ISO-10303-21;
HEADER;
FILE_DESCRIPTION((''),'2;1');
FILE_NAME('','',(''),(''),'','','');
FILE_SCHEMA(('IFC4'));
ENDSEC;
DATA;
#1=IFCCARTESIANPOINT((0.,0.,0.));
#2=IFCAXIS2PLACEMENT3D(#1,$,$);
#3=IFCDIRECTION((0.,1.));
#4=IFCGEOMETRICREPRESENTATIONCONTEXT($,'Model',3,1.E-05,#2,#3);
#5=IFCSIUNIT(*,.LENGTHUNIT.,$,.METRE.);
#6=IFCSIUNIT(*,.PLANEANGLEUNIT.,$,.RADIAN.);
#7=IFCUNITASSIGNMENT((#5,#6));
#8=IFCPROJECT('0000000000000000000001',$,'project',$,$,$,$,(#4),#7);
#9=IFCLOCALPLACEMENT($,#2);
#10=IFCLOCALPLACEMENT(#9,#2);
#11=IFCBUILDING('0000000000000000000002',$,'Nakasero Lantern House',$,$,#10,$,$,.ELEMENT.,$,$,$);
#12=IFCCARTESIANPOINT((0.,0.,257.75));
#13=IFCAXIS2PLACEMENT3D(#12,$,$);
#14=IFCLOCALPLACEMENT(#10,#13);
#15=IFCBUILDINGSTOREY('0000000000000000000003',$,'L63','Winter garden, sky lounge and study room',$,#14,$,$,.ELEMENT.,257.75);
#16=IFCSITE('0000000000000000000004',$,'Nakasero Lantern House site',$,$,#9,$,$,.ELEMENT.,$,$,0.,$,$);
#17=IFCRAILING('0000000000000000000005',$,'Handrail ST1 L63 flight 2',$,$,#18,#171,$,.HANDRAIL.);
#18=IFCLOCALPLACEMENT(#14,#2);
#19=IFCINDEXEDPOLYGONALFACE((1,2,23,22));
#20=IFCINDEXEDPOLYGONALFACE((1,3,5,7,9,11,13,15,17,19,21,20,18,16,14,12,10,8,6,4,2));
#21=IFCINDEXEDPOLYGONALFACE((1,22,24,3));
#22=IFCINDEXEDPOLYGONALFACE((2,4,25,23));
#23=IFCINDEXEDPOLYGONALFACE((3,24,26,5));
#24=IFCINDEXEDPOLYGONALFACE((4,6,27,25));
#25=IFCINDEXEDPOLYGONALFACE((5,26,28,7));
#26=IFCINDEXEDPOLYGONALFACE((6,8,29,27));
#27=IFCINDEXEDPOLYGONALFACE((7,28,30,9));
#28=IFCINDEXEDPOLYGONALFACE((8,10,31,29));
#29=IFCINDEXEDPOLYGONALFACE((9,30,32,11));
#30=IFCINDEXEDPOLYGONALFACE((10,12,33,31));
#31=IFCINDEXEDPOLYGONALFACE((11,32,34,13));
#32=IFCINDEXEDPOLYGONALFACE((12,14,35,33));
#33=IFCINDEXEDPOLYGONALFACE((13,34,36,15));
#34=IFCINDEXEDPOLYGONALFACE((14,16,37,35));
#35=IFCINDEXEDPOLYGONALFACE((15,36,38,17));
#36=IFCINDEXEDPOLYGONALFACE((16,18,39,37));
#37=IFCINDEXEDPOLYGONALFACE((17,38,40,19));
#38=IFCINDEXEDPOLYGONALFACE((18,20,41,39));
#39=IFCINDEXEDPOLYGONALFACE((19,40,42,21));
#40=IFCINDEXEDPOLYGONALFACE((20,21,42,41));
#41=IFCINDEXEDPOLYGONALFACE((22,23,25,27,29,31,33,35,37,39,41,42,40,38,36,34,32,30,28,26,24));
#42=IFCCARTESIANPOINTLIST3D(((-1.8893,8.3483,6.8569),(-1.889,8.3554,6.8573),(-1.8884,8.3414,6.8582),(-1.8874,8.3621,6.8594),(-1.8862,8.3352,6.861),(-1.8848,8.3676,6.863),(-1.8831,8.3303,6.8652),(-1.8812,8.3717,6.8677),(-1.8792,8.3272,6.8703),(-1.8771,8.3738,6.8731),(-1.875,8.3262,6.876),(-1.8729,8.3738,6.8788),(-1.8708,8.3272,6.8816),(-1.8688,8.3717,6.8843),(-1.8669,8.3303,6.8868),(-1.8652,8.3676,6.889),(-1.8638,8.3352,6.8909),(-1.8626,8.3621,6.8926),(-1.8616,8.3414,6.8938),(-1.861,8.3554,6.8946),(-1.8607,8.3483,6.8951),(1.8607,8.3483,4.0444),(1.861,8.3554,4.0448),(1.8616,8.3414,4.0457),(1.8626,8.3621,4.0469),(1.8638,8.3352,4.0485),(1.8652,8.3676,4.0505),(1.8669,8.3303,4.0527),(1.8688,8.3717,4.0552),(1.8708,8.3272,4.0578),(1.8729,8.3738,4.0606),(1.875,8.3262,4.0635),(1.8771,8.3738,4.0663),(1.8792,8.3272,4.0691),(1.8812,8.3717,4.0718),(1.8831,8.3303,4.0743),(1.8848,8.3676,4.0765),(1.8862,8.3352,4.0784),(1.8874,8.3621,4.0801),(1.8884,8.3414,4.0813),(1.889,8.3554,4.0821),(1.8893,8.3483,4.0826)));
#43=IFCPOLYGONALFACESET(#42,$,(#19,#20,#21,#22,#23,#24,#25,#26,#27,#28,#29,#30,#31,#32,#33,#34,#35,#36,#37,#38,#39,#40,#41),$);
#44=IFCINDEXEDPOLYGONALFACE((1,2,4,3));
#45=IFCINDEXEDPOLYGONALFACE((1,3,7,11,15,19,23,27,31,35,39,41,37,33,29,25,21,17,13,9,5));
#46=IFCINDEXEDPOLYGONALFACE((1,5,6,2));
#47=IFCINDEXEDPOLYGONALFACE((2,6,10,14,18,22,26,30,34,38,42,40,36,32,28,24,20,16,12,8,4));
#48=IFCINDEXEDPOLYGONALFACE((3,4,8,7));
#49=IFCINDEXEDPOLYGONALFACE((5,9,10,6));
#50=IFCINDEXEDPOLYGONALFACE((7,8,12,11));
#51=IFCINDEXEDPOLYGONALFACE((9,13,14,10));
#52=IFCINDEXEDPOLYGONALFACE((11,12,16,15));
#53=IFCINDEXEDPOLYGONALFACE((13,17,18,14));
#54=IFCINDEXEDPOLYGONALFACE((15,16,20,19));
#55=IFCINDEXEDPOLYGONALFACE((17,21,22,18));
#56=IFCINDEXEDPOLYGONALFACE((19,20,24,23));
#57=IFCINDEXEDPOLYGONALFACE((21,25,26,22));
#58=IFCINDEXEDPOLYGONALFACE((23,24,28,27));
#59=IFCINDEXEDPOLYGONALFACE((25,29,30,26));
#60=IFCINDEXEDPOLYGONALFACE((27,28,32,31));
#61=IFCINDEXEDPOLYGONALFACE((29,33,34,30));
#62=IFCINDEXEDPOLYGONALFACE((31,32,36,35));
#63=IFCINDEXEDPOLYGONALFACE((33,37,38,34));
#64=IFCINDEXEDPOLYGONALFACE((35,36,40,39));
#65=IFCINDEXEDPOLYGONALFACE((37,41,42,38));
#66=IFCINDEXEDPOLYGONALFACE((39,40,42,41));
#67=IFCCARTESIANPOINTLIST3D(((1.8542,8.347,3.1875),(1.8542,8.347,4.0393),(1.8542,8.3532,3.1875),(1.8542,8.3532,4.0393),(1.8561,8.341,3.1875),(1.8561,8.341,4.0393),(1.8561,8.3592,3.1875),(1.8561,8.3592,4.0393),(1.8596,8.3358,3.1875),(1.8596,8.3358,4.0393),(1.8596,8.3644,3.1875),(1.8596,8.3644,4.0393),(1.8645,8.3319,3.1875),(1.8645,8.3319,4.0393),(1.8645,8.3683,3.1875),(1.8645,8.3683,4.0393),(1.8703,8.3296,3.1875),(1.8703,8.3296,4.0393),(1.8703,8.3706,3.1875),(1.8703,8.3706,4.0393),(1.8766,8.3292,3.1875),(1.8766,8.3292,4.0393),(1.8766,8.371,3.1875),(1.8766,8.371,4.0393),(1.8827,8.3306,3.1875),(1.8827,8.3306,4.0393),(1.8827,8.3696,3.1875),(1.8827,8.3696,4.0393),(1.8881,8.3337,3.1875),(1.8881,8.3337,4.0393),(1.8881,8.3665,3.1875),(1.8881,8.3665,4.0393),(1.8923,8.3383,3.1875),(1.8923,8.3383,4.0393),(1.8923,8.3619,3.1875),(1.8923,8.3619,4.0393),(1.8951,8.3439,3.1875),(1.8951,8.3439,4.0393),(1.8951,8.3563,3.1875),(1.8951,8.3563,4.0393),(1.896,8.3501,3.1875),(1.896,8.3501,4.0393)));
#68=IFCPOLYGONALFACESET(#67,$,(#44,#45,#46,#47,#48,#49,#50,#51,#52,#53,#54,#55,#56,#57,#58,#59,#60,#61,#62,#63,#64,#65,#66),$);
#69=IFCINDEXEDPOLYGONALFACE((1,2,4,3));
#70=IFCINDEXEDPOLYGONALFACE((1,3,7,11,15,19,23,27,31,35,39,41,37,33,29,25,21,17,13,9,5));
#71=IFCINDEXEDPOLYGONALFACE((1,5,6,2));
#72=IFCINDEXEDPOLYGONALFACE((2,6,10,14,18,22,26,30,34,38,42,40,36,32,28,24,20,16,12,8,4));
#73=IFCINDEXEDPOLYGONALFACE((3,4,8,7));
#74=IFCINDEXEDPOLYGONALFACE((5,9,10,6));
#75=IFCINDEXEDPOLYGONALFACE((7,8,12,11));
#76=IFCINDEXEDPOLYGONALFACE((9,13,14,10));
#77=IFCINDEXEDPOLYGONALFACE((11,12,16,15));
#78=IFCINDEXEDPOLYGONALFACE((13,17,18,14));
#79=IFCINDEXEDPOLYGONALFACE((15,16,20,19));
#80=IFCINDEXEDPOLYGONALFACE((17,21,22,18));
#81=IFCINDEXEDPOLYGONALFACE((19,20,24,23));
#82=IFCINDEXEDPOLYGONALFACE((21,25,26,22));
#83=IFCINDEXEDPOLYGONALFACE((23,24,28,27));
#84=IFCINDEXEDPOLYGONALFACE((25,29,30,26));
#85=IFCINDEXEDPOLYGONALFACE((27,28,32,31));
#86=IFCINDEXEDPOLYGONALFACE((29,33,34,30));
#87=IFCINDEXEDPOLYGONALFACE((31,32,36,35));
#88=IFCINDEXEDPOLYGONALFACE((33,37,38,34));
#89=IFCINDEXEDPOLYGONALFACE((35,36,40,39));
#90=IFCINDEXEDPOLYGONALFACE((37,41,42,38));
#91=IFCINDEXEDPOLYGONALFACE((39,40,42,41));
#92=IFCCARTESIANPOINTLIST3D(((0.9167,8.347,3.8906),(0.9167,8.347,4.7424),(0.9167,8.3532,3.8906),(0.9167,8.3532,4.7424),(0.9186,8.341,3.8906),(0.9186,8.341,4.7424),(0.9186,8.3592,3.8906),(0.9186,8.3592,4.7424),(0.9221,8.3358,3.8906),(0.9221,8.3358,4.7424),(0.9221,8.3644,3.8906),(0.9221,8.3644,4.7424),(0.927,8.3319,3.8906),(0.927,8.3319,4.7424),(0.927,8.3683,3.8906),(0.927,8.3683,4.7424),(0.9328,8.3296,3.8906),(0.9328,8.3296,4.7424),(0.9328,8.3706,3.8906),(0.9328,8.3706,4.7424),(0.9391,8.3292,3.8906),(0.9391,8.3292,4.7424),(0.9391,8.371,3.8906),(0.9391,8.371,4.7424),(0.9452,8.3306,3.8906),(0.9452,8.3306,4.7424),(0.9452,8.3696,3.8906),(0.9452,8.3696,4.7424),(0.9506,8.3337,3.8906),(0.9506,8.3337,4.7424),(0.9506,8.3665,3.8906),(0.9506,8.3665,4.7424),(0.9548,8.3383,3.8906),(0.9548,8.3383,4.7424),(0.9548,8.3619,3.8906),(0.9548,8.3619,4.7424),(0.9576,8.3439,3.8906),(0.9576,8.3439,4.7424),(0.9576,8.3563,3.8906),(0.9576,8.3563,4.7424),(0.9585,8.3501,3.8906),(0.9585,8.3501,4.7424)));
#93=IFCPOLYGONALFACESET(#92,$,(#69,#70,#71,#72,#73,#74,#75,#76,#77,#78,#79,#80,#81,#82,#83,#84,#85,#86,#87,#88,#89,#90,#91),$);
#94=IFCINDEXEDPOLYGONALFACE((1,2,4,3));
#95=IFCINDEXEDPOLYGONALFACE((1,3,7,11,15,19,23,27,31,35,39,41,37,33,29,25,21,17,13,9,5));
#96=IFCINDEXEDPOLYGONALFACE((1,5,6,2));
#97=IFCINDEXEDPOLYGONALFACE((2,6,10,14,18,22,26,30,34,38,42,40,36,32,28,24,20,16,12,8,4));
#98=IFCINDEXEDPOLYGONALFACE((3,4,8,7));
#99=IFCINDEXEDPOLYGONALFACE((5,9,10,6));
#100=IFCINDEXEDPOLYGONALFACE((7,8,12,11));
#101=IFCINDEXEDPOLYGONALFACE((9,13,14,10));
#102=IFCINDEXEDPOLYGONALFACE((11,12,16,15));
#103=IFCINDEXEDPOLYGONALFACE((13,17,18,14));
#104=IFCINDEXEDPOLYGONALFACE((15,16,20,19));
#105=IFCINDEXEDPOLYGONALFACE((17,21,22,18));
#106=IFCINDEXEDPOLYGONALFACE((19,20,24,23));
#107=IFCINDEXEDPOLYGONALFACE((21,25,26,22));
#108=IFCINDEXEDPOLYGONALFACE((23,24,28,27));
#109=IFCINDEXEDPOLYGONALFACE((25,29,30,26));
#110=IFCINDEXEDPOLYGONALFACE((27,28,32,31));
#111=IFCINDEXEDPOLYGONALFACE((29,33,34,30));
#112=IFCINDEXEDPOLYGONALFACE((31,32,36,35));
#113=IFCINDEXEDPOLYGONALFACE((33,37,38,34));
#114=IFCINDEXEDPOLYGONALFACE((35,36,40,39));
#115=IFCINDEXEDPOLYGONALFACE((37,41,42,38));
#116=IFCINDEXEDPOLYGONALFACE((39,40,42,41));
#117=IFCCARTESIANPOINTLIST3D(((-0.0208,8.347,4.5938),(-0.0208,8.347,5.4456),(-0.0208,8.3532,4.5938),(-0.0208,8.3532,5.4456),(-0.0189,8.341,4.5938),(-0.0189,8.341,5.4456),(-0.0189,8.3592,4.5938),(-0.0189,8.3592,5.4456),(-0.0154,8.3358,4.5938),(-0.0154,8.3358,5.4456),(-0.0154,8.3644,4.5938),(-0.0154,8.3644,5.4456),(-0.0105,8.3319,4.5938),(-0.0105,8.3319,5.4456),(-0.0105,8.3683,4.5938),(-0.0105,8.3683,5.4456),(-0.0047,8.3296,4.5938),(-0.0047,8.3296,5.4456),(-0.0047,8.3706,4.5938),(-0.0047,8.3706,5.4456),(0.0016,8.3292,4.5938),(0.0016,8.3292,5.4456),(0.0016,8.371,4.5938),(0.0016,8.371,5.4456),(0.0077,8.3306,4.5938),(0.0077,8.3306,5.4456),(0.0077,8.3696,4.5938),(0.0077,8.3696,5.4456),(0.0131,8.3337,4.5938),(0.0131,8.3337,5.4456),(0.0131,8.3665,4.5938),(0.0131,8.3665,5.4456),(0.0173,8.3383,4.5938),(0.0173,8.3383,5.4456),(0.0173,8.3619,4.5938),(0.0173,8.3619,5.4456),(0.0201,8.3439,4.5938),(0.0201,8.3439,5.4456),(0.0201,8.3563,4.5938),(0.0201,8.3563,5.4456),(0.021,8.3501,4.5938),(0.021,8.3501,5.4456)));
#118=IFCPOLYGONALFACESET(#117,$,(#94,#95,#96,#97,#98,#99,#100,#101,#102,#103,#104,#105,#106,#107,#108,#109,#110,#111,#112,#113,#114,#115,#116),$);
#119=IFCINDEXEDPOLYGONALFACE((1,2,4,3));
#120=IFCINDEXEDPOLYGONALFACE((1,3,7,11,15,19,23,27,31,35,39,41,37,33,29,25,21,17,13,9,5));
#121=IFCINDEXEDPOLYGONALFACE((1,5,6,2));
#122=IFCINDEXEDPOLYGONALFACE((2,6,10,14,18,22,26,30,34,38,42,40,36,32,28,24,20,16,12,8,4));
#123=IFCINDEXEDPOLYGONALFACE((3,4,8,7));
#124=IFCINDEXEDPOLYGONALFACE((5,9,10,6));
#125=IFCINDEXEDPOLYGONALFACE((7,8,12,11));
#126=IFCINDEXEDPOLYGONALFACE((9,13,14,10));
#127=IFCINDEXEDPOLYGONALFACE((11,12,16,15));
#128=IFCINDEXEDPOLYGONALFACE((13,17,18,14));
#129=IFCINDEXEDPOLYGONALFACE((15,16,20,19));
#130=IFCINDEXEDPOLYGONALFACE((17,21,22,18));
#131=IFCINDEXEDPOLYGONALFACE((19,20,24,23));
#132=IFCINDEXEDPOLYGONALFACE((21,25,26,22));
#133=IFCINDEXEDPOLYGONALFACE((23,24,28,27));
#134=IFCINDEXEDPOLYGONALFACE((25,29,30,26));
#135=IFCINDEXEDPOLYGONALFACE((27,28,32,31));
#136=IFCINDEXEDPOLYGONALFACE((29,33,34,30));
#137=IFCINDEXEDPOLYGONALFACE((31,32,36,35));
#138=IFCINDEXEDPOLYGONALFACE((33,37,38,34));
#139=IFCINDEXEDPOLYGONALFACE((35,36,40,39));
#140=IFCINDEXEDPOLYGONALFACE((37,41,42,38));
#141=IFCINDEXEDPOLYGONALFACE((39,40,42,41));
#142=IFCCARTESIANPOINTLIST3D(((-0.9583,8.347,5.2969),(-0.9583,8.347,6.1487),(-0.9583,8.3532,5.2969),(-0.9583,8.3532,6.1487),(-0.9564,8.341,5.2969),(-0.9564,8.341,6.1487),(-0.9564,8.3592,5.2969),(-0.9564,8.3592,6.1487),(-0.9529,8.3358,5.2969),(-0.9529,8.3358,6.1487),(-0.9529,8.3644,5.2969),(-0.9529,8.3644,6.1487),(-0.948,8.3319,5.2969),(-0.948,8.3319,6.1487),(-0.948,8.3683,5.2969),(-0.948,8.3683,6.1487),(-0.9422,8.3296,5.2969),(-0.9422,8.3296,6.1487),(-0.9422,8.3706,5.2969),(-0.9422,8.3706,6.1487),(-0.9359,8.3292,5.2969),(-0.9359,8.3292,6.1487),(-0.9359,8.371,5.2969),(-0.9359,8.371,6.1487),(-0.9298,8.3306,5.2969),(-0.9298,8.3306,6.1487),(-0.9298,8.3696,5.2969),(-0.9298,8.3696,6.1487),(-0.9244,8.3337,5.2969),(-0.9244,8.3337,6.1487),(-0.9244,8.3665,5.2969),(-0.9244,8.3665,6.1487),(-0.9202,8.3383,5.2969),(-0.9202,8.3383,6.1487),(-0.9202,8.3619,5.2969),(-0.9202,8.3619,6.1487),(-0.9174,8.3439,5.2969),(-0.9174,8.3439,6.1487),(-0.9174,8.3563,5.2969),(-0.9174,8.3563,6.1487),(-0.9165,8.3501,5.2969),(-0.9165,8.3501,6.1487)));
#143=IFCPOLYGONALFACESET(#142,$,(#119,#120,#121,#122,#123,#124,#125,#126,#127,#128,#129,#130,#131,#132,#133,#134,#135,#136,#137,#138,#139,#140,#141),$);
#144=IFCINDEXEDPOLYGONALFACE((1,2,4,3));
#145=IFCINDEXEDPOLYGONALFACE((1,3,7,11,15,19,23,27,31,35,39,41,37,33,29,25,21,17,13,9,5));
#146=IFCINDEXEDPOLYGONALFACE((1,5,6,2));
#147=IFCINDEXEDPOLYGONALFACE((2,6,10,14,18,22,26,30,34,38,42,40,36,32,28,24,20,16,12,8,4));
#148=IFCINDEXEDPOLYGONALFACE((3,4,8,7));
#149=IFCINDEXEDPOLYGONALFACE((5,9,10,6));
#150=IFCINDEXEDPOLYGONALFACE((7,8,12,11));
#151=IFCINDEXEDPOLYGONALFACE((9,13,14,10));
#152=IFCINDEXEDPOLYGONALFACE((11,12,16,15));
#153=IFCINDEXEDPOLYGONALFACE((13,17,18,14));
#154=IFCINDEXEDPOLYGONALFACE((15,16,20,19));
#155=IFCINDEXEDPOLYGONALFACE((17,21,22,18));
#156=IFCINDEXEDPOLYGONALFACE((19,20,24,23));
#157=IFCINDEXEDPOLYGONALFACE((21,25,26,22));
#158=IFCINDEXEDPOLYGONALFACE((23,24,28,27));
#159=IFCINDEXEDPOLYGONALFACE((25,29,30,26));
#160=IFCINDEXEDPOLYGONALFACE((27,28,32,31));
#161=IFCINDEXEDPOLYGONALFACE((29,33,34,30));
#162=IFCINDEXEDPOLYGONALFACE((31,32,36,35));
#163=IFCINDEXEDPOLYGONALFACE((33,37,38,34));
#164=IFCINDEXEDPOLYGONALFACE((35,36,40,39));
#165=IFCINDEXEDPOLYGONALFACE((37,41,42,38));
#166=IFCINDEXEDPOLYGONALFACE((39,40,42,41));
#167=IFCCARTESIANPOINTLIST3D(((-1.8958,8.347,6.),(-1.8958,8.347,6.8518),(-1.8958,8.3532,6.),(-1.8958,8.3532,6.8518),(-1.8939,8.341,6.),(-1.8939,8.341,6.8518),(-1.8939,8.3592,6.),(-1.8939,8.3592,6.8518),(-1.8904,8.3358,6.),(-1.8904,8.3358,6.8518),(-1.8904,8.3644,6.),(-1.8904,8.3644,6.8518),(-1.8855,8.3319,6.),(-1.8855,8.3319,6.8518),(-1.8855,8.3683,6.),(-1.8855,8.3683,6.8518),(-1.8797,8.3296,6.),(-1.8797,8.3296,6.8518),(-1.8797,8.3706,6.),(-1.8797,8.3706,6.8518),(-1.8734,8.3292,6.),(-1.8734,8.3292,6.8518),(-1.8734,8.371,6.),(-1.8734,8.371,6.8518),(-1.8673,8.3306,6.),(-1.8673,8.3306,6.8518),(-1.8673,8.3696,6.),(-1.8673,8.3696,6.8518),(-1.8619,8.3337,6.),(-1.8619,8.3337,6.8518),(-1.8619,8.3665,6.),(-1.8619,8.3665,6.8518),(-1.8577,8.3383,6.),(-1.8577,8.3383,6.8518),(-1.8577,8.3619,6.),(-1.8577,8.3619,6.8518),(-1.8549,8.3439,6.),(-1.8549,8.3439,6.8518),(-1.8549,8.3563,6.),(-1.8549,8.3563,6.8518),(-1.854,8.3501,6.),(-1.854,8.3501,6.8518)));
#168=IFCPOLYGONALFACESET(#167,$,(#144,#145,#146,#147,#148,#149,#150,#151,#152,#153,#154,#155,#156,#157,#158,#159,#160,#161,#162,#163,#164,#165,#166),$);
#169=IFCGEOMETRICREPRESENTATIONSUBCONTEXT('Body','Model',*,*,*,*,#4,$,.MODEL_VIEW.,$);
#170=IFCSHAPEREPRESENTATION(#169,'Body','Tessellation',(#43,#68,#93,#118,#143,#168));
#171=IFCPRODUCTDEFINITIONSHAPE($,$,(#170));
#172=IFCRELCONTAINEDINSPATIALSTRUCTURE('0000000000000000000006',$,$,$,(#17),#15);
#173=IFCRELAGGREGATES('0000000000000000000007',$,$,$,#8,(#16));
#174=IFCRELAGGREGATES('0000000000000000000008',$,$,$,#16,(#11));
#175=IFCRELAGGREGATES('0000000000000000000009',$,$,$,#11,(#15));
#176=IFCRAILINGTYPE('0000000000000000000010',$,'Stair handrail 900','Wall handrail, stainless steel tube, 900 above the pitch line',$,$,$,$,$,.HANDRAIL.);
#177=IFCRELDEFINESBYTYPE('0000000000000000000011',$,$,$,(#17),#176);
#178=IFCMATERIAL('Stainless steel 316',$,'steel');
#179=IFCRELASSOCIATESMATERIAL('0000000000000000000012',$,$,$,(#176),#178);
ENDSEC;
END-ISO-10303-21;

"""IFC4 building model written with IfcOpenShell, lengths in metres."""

from ifc_helpers import new_model, si_unit, direction, frame, origin, origin_2d, place, context, subcontext, project, spatial, circle, extrude, material, type_object, element, save


model = new_model("IFC4")

# Units and contexts
model_context = context("Model", 3, precision=1e-05, world=origin(), true_north=direction((0.0, 1.0)))
body_context = subcontext(model_context, "Body", "Model", "MODEL_VIEW")
ifc_project = project(units=[si_unit("LENGTHUNIT", "METRE"), si_unit("PLANEANGLEUNIT", "RADIAN")], contexts=[model_context])

# Site, building, storey
site_placement = place(None, origin())
site = spatial("IfcSite", under=ifc_project, at=site_placement, Name="Nakasero Lantern House site", CompositionType="ELEMENT", RefElevation=0.0)
building_placement = place(site_placement, origin())
building = spatial("IfcBuilding", under=site, at=building_placement, Name="Nakasero Lantern House", CompositionType="ELEMENT")
storey_placement = place(building_placement, frame((0.0, 0.0, 257.75)))
storey = spatial("IfcBuildingStorey", under=building, at=storey_placement, Name="L63", Description="Winter garden, sky lounge and study room", CompositionType="ELEMENT", Elevation=257.75)

# Railing
ifc_material_1 = material(Name="Stainless steel 316", Category="steel")
railing_type = type_object("IfcRailingType", Name="Stair handrail 900", Description="Wall handrail, stainless steel tube, 900 above the pitch line", PredefinedType="HANDRAIL", material=ifc_material_1)
railing_placement = place(storey_placement, frame((1.875, 8.3501, 3.1875)))
element("IfcRailing", 1, at=railing_placement, inside=storey, type_object=railing_type, Name="Handrail ST1 L63 flight 2", PredefinedType="HANDRAIL", context=body_context, shape_type="SweptSolid", body=[
    extrude(circle(Radius=0.0239, at=origin_2d()), frame((0.0, 0.0, 0.876), z_axis=(-0.8, 0.0, 0.6), x_axis=(0.0, -1.0, 0.0)), (0.0, 0.0, 1.0), 4.6875),
    extrude(circle(Radius=0.021, at=origin_2d()), origin(), (0.0, 0.0, 1.0), 0.8518),
    extrude(circle(Radius=0.021, at=origin_2d()), frame((-0.9375, 0.0, 0.7031)), (0.0, 0.0, 1.0), 0.8518),
    extrude(circle(Radius=0.021, at=origin_2d()), frame((-1.875, 0.0, 1.4062)), (0.0, 0.0, 1.0), 0.8518),
    extrude(circle(Radius=0.021, at=origin_2d()), frame((-2.8125, 0.0, 2.1094)), (0.0, 0.0, 1.0), 0.8518),
    extrude(circle(Radius=0.021, at=origin_2d()), frame((-3.75, 0.0, 2.8125)), (0.0, 0.0, 1.0), 0.8518),
])

save(model, "model.ifc")
